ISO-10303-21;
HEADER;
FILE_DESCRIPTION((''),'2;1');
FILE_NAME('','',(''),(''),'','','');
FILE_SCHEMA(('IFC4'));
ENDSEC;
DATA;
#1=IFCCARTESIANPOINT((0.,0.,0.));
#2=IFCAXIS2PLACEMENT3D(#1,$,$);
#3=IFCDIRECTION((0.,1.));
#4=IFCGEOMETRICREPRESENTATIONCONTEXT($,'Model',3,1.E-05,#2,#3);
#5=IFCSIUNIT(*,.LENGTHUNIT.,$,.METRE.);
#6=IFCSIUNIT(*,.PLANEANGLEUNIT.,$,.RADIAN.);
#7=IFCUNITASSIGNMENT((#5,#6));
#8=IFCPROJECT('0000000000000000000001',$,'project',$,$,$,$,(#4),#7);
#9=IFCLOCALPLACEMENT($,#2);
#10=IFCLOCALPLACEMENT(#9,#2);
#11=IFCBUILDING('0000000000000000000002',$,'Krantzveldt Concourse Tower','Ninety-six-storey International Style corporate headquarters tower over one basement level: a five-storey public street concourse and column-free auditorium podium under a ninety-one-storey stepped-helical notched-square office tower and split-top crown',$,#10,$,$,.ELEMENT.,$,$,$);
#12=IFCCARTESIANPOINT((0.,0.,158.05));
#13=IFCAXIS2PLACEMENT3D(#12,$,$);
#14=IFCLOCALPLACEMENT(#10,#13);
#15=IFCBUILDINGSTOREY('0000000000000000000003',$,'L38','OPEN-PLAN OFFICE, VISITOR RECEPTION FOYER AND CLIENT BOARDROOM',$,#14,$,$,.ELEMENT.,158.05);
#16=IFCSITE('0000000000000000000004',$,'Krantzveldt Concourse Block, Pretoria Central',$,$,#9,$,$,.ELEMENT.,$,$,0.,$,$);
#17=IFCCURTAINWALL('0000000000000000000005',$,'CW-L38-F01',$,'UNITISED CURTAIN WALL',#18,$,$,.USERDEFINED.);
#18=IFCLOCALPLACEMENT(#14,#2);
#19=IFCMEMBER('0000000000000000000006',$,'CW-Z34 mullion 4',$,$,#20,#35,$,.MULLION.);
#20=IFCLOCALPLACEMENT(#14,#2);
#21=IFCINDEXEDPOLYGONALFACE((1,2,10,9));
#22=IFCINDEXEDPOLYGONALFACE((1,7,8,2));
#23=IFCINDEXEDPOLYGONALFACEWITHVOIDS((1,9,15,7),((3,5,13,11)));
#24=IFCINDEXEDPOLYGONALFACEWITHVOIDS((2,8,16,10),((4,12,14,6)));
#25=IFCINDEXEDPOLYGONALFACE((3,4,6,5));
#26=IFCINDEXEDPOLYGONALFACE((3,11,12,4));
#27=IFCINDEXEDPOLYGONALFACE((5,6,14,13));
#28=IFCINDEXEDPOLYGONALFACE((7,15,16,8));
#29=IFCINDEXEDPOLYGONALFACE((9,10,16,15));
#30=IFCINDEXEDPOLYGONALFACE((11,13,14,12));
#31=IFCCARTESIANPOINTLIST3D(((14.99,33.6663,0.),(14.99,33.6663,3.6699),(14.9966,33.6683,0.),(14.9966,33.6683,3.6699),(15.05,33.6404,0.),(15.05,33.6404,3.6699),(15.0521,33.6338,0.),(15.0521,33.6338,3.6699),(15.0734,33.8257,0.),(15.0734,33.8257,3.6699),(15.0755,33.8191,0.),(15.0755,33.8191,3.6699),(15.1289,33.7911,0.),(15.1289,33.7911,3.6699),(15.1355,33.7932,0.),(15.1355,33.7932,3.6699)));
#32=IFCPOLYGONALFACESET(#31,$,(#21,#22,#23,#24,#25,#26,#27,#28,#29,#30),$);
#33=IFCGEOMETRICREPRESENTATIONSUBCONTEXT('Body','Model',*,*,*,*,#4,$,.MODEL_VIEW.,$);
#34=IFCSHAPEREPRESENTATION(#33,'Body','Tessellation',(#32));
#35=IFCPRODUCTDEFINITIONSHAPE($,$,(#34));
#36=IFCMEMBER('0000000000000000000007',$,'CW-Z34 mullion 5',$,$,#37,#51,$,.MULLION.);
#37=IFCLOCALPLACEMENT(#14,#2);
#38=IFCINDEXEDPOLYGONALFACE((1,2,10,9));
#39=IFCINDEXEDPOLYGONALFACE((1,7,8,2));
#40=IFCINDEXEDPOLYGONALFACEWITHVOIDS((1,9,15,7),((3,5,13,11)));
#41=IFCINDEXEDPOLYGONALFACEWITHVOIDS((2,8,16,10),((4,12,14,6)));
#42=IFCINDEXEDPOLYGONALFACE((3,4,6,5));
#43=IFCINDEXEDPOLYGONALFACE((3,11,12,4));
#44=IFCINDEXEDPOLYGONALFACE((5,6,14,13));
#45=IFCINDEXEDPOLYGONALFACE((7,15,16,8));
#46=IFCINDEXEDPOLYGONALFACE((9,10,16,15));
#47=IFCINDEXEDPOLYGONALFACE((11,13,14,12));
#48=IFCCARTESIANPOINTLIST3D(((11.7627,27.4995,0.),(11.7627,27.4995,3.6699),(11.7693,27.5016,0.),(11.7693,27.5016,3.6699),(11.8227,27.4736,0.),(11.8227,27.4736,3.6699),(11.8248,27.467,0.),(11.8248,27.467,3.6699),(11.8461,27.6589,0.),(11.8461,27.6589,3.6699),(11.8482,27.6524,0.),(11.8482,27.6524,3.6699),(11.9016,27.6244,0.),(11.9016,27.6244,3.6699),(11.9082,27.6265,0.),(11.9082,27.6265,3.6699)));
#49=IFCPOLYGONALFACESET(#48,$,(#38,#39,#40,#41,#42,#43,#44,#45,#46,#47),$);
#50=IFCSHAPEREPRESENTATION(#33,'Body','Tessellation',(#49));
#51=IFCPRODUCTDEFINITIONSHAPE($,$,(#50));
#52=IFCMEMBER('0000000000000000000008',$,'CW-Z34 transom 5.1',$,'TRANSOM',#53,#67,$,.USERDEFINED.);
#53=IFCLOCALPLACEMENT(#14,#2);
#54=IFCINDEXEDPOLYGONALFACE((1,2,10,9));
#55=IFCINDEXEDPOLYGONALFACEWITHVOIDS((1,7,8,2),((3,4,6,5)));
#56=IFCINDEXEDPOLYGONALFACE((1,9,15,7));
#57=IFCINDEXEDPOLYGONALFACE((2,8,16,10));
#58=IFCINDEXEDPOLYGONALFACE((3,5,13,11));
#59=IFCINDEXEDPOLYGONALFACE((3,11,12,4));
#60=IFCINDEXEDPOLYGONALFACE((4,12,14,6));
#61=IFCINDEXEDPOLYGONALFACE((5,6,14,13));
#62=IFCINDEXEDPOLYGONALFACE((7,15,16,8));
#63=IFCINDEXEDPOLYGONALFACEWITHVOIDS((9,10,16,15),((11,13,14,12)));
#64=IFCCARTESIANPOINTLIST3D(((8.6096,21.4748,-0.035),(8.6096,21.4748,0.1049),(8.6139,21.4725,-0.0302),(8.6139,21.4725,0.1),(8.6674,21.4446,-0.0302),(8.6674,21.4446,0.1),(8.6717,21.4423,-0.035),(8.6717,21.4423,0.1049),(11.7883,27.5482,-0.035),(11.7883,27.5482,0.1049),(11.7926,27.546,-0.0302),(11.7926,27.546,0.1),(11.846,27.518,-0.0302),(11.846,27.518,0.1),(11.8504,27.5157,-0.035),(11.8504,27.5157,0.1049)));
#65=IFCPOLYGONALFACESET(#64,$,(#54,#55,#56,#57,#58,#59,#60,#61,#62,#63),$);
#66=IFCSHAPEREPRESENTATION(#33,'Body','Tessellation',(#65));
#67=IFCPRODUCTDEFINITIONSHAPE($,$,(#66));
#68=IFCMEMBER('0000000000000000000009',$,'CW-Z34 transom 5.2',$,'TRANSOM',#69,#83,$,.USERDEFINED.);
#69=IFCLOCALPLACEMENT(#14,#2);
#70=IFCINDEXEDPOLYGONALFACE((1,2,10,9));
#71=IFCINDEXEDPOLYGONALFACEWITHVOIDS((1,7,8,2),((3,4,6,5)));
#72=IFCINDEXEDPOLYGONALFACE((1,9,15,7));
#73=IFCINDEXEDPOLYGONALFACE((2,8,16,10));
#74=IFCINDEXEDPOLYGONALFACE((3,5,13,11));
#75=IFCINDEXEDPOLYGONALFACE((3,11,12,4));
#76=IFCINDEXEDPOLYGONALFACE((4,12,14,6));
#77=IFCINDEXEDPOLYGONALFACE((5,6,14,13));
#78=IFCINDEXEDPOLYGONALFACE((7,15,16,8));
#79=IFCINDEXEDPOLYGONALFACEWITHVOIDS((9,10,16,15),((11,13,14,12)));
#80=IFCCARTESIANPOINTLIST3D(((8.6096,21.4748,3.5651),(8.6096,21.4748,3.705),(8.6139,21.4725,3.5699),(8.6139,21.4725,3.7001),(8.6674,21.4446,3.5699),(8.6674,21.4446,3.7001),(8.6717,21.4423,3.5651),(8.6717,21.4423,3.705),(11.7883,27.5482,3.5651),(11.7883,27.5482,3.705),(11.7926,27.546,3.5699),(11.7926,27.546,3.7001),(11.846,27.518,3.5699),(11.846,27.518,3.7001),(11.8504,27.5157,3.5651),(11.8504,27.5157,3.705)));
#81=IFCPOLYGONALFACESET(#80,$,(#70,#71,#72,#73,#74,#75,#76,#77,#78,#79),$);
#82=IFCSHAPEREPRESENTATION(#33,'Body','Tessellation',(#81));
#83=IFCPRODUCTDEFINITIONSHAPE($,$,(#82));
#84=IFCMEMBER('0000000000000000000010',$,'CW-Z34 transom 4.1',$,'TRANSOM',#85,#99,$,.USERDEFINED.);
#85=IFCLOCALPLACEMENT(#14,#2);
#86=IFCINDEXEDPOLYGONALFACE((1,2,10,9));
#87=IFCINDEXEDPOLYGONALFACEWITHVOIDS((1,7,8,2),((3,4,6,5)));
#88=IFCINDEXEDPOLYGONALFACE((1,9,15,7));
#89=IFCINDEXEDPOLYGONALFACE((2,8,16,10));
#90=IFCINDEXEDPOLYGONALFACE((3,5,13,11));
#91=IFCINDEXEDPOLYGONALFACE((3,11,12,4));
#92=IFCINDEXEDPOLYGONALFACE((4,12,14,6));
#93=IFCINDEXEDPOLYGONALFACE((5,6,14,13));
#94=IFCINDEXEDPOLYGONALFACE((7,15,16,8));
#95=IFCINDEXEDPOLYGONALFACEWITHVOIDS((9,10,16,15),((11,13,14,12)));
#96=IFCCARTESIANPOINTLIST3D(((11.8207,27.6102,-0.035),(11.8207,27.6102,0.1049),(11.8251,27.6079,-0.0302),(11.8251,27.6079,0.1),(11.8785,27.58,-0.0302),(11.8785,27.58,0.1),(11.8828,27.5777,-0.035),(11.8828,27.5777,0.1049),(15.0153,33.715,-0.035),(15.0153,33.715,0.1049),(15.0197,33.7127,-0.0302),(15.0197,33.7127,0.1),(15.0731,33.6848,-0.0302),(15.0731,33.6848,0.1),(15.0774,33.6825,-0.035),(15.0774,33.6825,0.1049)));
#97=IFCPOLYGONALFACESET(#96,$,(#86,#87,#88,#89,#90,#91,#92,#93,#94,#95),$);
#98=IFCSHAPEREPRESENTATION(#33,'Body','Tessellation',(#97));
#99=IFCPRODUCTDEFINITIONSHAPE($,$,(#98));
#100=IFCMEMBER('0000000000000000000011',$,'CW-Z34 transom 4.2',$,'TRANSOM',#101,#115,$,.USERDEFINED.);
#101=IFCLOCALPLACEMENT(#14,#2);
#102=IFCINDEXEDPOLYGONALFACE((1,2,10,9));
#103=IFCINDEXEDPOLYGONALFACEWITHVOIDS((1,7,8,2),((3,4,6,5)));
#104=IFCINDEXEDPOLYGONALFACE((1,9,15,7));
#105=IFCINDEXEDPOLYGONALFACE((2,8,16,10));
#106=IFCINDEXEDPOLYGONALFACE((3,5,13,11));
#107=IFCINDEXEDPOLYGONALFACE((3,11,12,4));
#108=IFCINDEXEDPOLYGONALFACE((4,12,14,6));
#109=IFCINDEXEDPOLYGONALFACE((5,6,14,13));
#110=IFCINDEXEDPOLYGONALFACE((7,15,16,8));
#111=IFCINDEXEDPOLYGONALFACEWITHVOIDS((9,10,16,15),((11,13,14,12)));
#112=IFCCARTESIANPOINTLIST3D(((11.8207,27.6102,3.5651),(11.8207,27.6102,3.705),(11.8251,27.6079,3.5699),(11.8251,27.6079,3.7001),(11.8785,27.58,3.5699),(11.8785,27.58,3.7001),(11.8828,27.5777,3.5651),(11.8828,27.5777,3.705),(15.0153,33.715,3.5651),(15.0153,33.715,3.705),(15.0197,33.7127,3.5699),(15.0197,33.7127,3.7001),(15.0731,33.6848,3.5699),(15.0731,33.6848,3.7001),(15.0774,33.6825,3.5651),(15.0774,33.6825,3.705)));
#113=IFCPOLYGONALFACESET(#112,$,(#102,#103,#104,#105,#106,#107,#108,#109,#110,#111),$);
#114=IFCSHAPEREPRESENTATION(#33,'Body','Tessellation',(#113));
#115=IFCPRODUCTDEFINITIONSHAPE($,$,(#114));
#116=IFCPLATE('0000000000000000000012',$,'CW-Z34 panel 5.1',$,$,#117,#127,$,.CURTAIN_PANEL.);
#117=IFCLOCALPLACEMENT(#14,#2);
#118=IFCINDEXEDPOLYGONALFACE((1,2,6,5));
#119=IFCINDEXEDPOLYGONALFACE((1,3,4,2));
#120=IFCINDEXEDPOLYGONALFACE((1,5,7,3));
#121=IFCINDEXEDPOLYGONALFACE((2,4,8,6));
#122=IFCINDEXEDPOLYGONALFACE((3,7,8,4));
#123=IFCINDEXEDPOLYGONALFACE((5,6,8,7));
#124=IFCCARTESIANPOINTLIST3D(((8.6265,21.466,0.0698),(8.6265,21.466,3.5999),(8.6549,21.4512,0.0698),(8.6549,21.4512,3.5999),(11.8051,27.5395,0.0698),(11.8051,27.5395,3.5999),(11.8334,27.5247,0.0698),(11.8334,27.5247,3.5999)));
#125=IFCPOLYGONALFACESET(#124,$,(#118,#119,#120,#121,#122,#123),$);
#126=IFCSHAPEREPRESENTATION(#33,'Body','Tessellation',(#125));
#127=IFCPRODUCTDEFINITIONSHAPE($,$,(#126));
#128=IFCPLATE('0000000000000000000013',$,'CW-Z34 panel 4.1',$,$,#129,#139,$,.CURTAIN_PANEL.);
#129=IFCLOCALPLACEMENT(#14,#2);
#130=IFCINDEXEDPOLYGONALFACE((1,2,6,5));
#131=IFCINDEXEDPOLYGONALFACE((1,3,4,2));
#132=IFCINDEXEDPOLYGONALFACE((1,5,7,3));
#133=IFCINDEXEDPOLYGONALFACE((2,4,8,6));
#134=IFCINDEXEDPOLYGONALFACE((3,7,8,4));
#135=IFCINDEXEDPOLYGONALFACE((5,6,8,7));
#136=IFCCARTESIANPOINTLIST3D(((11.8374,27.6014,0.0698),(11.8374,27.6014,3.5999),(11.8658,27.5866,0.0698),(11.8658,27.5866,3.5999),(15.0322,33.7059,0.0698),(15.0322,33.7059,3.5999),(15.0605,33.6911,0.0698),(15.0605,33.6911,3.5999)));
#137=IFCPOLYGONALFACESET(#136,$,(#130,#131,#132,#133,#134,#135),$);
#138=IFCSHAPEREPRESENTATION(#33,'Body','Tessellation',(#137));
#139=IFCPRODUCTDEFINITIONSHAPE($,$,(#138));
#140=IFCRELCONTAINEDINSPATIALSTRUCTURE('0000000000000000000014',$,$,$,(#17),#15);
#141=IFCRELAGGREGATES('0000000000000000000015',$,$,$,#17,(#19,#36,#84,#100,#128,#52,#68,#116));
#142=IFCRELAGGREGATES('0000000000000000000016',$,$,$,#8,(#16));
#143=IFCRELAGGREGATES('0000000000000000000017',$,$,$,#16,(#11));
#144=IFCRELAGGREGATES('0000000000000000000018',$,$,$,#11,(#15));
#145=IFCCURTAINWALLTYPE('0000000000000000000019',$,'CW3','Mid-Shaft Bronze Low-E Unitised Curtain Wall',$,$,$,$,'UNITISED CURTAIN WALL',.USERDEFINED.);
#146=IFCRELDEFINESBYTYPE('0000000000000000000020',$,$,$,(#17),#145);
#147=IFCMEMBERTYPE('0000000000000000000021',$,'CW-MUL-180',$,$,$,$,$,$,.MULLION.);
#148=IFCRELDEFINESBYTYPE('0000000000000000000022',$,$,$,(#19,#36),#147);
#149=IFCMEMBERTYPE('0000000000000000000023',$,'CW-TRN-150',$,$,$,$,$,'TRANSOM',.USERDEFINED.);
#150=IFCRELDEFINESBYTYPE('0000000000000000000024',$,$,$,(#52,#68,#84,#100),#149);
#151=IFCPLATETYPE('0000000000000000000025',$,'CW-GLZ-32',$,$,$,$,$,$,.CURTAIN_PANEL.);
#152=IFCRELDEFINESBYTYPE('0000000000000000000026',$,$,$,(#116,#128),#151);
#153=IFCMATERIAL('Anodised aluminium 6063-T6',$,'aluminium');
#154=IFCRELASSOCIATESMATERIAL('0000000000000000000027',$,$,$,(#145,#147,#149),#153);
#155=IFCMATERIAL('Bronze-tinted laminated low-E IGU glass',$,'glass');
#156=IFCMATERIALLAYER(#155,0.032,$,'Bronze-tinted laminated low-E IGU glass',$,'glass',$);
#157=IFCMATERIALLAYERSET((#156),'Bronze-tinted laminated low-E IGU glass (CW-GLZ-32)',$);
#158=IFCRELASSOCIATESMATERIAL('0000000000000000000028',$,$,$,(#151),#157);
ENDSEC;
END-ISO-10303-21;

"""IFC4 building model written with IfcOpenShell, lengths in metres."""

from ifc_helpers import new_model, si_unit, direction, frame, origin, origin_2d, place, context, subcontext, project, spatial, rectangle, hollow_rectangle, extrude, source, transform, mapped, material, layer, layer_set, material_profile, profile_set, type_object, type_shapes, element, aggregate, save


model = new_model("IFC4")

# Units and contexts
model_context = context("Model", 3, precision=1e-05, world=origin(), true_north=direction((0.0, 1.0)))
body_context = subcontext(model_context, "Body", "Model", "MODEL_VIEW")
ifc_project = project(units=[si_unit("LENGTHUNIT", "METRE"), si_unit("PLANEANGLEUNIT", "RADIAN")], contexts=[model_context])

# Site, building, storey
site_placement = place(None, origin())
site = spatial("IfcSite", under=ifc_project, at=site_placement, Name="Krantzveldt Concourse Block, Pretoria Central", CompositionType="ELEMENT", RefElevation=0.0)
building_placement = place(site_placement, origin())
building = spatial("IfcBuilding", under=site, at=building_placement, Name="Krantzveldt Concourse Tower", Description="Ninety-six-storey International Style corporate headquarters tower over one basement level: a five-storey public street concourse and column-free auditorium podium under a ninety-one-storey stepped-helical notched-square office tower and split-top crown", CompositionType="ELEMENT")
storey_placement = place(building_placement, frame((0.0, 0.0, 158.05)))
storey = spatial("IfcBuildingStorey", under=building, at=storey_placement, Name="L38", Description="OPEN-PLAN OFFICE, VISITOR RECEPTION FOYER AND CLIENT BOARDROOM", CompositionType="ELEMENT", Elevation=158.05)

# Curtain wall, members, plates
ifc_material_1 = material(Name="Anodised aluminium 6063-T6", Category="aluminium")
curtain_wall_type = type_object("IfcCurtainWallType", Name="CW3", Description="Mid-Shaft Bronze Low-E Unitised Curtain Wall", ElementType="UNITISED CURTAIN WALL", PredefinedType="USERDEFINED", material=ifc_material_1)
curtain_wall_placement = place(storey_placement, origin())
curtain_wall = element("IfcCurtainWall", 1, at=curtain_wall_placement, inside=storey, type_object=curtain_wall_type, Name="CW-L38-F01", ObjectType="UNITISED CURTAIN WALL", PredefinedType="USERDEFINED")
ifc_material_profile_1 = material_profile(ifc_material_1, hollow_rectangle(XDim=0.0701, YDim=0.1799, WallThickness=0.0049, at=origin_2d()), Name="Anodised aluminium 6063-T6", Category="aluminium")
ifc_profile_set_1 = profile_set([ifc_material_profile_1], Name="Anodised aluminium 6063-T6 - ALU-MULL 180x70x5")
member_type_1 = type_object("IfcMemberType", Name="CW-MUL-180", PredefinedType="MULLION", material=ifc_profile_set_1)
shared_shape_1 = source(origin(), body_context, "Body", "SweptSolid", [
    extrude(hollow_rectangle(XDim=0.0701, YDim=0.1799, WallThickness=0.0049, at=origin_2d()), origin(), (0.0, 0.0, 1.0), 3.6699),
])
type_shapes(member_type_1, [shared_shape_1])
member_1_placement = place(storey_placement, frame((15.0627, 33.7297, 0.0), z_axis=(0.0, 0.0, 1.0), x_axis=(0.886001, -0.463683, 0.0)))
member_1 = element("IfcMember", 2, at=member_1_placement, type_object=member_type_1, Name="CW-Z34 mullion 4", PredefinedType="MULLION", context=body_context, shape_type="MappedRepresentation", body=[
    mapped(shared_shape_1, transform((0.0, 0.0, 0.0), x_axis=(1.0, 0.0, 0.0), y_axis=(0.0, 1.0, 0.0), z_axis=(0.0, 0.0, 1.0), scale=1.0)),
])
member_2_placement = place(storey_placement, frame((11.8354, 27.563, 0.0), z_axis=(0.0, 0.0, 1.0), x_axis=(0.886001, -0.463683, 0.0)))
member_2 = element("IfcMember", 3, at=member_2_placement, type_object=member_type_1, Name="CW-Z34 mullion 5", PredefinedType="MULLION", context=body_context, shape_type="MappedRepresentation", body=[
    mapped(shared_shape_1, transform((0.0, 0.0, 0.0), x_axis=(1.0, 0.0, 0.0), y_axis=(0.0, 1.0, 0.0), z_axis=(0.0, 0.0, 1.0), scale=1.0)),
])
ifc_material_profile_2 = material_profile(ifc_material_1, hollow_rectangle(XDim=0.0701, YDim=0.1399, WallThickness=0.0049, at=origin_2d()), Name="Anodised aluminium 6063-T6", Category="aluminium")
ifc_profile_set_2 = profile_set([ifc_material_profile_2], Name="Anodised aluminium 6063-T6 - ALU-TRAN 140x70x5")
member_type_2 = type_object("IfcMemberType", Name="CW-TRN-150", ElementType="TRANSOM", PredefinedType="USERDEFINED", material=ifc_profile_set_2)
shared_shape_2 = source(origin(), body_context, "Body", "SweptSolid", [
    extrude(hollow_rectangle(XDim=0.0701, YDim=0.1399, WallThickness=0.0049, at=origin_2d()), origin(), (0.0, 0.0, 1.0), 6.855),
])
member_3_placement = place(storey_placement, frame((11.8193, 27.532, 0.0349), z_axis=(-0.463705, -0.88599, 0.0), x_axis=(0.88599, -0.463705, 0.0)))
member_3 = element("IfcMember", 4, at=member_3_placement, type_object=member_type_2, Name="CW-Z34 transom 5.1", ObjectType="TRANSOM", PredefinedType="USERDEFINED", context=body_context, shape_type="MappedRepresentation", body=[
    mapped(shared_shape_2, transform((0.0, 0.0, 0.0), x_axis=(1.0, 0.0, 0.0), y_axis=(0.0, 1.0, 0.0), z_axis=(0.0, 0.0, 1.0), scale=1.0)),
])
member_4_placement = place(storey_placement, frame((11.8193, 27.532, 3.635), z_axis=(-0.463705, -0.88599, 0.0), x_axis=(0.88599, -0.463705, 0.0)))
member_4 = element("IfcMember", 5, at=member_4_placement, type_object=member_type_2, Name="CW-Z34 transom 5.2", ObjectType="TRANSOM", PredefinedType="USERDEFINED", context=body_context, shape_type="MappedRepresentation", body=[
    mapped(shared_shape_2, transform((0.0, 0.0, 0.0), x_axis=(1.0, 0.0, 0.0), y_axis=(0.0, 1.0, 0.0), z_axis=(0.0, 0.0, 1.0), scale=1.0)),
])
shared_shape_3 = source(origin(), body_context, "Body", "SweptSolid", [
    extrude(hollow_rectangle(XDim=0.0701, YDim=0.1399, WallThickness=0.0049, at=origin_2d()), origin(), (0.0, 0.0, 1.0), 6.8901),
])
type_shapes(member_type_2, [shared_shape_2, shared_shape_3])
member_5_placement = place(storey_placement, frame((15.0464, 33.6987, 0.0349), z_axis=(-0.463649, -0.886019, 0.0), x_axis=(0.886019, -0.463649, 0.0)))
member_5 = element("IfcMember", 6, at=member_5_placement, type_object=member_type_2, Name="CW-Z34 transom 4.1", ObjectType="TRANSOM", PredefinedType="USERDEFINED", context=body_context, shape_type="MappedRepresentation", body=[
    mapped(shared_shape_3, transform((0.0, 0.0, 0.0), x_axis=(1.0, 0.0, 0.0), y_axis=(0.0, 1.0, 0.0), z_axis=(0.0, 0.0, 1.0), scale=1.0)),
])
member_6_placement = place(storey_placement, frame((15.0464, 33.6987, 3.635), z_axis=(-0.463649, -0.886019, 0.0), x_axis=(0.886019, -0.463649, 0.0)))
member_6 = element("IfcMember", 7, at=member_6_placement, type_object=member_type_2, Name="CW-Z34 transom 4.2", ObjectType="TRANSOM", PredefinedType="USERDEFINED", context=body_context, shape_type="MappedRepresentation", body=[
    mapped(shared_shape_3, transform((0.0, 0.0, 0.0), x_axis=(1.0, 0.0, 0.0), y_axis=(0.0, 1.0, 0.0), z_axis=(0.0, 0.0, 1.0), scale=1.0)),
])
ifc_material_2 = material(Name="Bronze-tinted laminated low-E IGU glass", Category="glass")
ifc_layer_1 = layer(ifc_material_2, 0.032, Name="Bronze-tinted laminated low-E IGU glass", Category="glass")
ifc_layer_set_1 = layer_set([ifc_layer_1], Name="Bronze-tinted laminated low-E IGU glass (CW-GLZ-32)")
plate_type = type_object("IfcPlateType", Name="CW-GLZ-32", PredefinedType="CURTAIN_PANEL", material=ifc_layer_set_1)
shared_shape_4 = source(origin(), body_context, "Body", "SweptSolid", [
    extrude(rectangle(XDim=6.855, YDim=0.032, at=origin_2d()), origin(), (0.0, 0.0, 1.0), 3.53),
])
plate_1_placement = place(storey_placement, frame((10.23, 24.4954, 0.0698), z_axis=(0.0, 0.0, 1.0), x_axis=(-0.463683, -0.886001, 0.0)))
plate_1 = element("IfcPlate", 8, at=plate_1_placement, type_object=plate_type, Name="CW-Z34 panel 5.1", PredefinedType="CURTAIN_PANEL", context=body_context, shape_type="MappedRepresentation", body=[
    mapped(shared_shape_4, transform((0.0, 0.0, 0.0), x_axis=(1.0, 0.0, 0.0), y_axis=(0.0, 1.0, 0.0), z_axis=(0.0, 0.0, 1.0), scale=1.0)),
])
shared_shape_5 = source(origin(), body_context, "Body", "SweptSolid", [
    extrude(rectangle(XDim=6.8899, YDim=0.032, at=origin_2d()), origin(), (0.0, 0.0, 1.0), 3.53),
])
type_shapes(plate_type, [shared_shape_4, shared_shape_5])
plate_2_placement = place(storey_placement, frame((13.449, 30.6462, 0.0698), z_axis=(0.0, 0.0, 1.0), x_axis=(-0.463683, -0.886001, 0.0)))
plate_2 = element("IfcPlate", 9, at=plate_2_placement, type_object=plate_type, Name="CW-Z34 panel 4.1", PredefinedType="CURTAIN_PANEL", context=body_context, shape_type="MappedRepresentation", body=[
    mapped(shared_shape_5, transform((0.0, 0.0, 0.0), x_axis=(1.0, 0.0, 0.0), y_axis=(0.0, 1.0, 0.0), z_axis=(0.0, 0.0, 1.0), scale=1.0)),
])
aggregate(curtain_wall, [member_1, member_2, member_5, member_6, plate_2, member_3, member_4, plate_1])

save(model, "model.ifc")
